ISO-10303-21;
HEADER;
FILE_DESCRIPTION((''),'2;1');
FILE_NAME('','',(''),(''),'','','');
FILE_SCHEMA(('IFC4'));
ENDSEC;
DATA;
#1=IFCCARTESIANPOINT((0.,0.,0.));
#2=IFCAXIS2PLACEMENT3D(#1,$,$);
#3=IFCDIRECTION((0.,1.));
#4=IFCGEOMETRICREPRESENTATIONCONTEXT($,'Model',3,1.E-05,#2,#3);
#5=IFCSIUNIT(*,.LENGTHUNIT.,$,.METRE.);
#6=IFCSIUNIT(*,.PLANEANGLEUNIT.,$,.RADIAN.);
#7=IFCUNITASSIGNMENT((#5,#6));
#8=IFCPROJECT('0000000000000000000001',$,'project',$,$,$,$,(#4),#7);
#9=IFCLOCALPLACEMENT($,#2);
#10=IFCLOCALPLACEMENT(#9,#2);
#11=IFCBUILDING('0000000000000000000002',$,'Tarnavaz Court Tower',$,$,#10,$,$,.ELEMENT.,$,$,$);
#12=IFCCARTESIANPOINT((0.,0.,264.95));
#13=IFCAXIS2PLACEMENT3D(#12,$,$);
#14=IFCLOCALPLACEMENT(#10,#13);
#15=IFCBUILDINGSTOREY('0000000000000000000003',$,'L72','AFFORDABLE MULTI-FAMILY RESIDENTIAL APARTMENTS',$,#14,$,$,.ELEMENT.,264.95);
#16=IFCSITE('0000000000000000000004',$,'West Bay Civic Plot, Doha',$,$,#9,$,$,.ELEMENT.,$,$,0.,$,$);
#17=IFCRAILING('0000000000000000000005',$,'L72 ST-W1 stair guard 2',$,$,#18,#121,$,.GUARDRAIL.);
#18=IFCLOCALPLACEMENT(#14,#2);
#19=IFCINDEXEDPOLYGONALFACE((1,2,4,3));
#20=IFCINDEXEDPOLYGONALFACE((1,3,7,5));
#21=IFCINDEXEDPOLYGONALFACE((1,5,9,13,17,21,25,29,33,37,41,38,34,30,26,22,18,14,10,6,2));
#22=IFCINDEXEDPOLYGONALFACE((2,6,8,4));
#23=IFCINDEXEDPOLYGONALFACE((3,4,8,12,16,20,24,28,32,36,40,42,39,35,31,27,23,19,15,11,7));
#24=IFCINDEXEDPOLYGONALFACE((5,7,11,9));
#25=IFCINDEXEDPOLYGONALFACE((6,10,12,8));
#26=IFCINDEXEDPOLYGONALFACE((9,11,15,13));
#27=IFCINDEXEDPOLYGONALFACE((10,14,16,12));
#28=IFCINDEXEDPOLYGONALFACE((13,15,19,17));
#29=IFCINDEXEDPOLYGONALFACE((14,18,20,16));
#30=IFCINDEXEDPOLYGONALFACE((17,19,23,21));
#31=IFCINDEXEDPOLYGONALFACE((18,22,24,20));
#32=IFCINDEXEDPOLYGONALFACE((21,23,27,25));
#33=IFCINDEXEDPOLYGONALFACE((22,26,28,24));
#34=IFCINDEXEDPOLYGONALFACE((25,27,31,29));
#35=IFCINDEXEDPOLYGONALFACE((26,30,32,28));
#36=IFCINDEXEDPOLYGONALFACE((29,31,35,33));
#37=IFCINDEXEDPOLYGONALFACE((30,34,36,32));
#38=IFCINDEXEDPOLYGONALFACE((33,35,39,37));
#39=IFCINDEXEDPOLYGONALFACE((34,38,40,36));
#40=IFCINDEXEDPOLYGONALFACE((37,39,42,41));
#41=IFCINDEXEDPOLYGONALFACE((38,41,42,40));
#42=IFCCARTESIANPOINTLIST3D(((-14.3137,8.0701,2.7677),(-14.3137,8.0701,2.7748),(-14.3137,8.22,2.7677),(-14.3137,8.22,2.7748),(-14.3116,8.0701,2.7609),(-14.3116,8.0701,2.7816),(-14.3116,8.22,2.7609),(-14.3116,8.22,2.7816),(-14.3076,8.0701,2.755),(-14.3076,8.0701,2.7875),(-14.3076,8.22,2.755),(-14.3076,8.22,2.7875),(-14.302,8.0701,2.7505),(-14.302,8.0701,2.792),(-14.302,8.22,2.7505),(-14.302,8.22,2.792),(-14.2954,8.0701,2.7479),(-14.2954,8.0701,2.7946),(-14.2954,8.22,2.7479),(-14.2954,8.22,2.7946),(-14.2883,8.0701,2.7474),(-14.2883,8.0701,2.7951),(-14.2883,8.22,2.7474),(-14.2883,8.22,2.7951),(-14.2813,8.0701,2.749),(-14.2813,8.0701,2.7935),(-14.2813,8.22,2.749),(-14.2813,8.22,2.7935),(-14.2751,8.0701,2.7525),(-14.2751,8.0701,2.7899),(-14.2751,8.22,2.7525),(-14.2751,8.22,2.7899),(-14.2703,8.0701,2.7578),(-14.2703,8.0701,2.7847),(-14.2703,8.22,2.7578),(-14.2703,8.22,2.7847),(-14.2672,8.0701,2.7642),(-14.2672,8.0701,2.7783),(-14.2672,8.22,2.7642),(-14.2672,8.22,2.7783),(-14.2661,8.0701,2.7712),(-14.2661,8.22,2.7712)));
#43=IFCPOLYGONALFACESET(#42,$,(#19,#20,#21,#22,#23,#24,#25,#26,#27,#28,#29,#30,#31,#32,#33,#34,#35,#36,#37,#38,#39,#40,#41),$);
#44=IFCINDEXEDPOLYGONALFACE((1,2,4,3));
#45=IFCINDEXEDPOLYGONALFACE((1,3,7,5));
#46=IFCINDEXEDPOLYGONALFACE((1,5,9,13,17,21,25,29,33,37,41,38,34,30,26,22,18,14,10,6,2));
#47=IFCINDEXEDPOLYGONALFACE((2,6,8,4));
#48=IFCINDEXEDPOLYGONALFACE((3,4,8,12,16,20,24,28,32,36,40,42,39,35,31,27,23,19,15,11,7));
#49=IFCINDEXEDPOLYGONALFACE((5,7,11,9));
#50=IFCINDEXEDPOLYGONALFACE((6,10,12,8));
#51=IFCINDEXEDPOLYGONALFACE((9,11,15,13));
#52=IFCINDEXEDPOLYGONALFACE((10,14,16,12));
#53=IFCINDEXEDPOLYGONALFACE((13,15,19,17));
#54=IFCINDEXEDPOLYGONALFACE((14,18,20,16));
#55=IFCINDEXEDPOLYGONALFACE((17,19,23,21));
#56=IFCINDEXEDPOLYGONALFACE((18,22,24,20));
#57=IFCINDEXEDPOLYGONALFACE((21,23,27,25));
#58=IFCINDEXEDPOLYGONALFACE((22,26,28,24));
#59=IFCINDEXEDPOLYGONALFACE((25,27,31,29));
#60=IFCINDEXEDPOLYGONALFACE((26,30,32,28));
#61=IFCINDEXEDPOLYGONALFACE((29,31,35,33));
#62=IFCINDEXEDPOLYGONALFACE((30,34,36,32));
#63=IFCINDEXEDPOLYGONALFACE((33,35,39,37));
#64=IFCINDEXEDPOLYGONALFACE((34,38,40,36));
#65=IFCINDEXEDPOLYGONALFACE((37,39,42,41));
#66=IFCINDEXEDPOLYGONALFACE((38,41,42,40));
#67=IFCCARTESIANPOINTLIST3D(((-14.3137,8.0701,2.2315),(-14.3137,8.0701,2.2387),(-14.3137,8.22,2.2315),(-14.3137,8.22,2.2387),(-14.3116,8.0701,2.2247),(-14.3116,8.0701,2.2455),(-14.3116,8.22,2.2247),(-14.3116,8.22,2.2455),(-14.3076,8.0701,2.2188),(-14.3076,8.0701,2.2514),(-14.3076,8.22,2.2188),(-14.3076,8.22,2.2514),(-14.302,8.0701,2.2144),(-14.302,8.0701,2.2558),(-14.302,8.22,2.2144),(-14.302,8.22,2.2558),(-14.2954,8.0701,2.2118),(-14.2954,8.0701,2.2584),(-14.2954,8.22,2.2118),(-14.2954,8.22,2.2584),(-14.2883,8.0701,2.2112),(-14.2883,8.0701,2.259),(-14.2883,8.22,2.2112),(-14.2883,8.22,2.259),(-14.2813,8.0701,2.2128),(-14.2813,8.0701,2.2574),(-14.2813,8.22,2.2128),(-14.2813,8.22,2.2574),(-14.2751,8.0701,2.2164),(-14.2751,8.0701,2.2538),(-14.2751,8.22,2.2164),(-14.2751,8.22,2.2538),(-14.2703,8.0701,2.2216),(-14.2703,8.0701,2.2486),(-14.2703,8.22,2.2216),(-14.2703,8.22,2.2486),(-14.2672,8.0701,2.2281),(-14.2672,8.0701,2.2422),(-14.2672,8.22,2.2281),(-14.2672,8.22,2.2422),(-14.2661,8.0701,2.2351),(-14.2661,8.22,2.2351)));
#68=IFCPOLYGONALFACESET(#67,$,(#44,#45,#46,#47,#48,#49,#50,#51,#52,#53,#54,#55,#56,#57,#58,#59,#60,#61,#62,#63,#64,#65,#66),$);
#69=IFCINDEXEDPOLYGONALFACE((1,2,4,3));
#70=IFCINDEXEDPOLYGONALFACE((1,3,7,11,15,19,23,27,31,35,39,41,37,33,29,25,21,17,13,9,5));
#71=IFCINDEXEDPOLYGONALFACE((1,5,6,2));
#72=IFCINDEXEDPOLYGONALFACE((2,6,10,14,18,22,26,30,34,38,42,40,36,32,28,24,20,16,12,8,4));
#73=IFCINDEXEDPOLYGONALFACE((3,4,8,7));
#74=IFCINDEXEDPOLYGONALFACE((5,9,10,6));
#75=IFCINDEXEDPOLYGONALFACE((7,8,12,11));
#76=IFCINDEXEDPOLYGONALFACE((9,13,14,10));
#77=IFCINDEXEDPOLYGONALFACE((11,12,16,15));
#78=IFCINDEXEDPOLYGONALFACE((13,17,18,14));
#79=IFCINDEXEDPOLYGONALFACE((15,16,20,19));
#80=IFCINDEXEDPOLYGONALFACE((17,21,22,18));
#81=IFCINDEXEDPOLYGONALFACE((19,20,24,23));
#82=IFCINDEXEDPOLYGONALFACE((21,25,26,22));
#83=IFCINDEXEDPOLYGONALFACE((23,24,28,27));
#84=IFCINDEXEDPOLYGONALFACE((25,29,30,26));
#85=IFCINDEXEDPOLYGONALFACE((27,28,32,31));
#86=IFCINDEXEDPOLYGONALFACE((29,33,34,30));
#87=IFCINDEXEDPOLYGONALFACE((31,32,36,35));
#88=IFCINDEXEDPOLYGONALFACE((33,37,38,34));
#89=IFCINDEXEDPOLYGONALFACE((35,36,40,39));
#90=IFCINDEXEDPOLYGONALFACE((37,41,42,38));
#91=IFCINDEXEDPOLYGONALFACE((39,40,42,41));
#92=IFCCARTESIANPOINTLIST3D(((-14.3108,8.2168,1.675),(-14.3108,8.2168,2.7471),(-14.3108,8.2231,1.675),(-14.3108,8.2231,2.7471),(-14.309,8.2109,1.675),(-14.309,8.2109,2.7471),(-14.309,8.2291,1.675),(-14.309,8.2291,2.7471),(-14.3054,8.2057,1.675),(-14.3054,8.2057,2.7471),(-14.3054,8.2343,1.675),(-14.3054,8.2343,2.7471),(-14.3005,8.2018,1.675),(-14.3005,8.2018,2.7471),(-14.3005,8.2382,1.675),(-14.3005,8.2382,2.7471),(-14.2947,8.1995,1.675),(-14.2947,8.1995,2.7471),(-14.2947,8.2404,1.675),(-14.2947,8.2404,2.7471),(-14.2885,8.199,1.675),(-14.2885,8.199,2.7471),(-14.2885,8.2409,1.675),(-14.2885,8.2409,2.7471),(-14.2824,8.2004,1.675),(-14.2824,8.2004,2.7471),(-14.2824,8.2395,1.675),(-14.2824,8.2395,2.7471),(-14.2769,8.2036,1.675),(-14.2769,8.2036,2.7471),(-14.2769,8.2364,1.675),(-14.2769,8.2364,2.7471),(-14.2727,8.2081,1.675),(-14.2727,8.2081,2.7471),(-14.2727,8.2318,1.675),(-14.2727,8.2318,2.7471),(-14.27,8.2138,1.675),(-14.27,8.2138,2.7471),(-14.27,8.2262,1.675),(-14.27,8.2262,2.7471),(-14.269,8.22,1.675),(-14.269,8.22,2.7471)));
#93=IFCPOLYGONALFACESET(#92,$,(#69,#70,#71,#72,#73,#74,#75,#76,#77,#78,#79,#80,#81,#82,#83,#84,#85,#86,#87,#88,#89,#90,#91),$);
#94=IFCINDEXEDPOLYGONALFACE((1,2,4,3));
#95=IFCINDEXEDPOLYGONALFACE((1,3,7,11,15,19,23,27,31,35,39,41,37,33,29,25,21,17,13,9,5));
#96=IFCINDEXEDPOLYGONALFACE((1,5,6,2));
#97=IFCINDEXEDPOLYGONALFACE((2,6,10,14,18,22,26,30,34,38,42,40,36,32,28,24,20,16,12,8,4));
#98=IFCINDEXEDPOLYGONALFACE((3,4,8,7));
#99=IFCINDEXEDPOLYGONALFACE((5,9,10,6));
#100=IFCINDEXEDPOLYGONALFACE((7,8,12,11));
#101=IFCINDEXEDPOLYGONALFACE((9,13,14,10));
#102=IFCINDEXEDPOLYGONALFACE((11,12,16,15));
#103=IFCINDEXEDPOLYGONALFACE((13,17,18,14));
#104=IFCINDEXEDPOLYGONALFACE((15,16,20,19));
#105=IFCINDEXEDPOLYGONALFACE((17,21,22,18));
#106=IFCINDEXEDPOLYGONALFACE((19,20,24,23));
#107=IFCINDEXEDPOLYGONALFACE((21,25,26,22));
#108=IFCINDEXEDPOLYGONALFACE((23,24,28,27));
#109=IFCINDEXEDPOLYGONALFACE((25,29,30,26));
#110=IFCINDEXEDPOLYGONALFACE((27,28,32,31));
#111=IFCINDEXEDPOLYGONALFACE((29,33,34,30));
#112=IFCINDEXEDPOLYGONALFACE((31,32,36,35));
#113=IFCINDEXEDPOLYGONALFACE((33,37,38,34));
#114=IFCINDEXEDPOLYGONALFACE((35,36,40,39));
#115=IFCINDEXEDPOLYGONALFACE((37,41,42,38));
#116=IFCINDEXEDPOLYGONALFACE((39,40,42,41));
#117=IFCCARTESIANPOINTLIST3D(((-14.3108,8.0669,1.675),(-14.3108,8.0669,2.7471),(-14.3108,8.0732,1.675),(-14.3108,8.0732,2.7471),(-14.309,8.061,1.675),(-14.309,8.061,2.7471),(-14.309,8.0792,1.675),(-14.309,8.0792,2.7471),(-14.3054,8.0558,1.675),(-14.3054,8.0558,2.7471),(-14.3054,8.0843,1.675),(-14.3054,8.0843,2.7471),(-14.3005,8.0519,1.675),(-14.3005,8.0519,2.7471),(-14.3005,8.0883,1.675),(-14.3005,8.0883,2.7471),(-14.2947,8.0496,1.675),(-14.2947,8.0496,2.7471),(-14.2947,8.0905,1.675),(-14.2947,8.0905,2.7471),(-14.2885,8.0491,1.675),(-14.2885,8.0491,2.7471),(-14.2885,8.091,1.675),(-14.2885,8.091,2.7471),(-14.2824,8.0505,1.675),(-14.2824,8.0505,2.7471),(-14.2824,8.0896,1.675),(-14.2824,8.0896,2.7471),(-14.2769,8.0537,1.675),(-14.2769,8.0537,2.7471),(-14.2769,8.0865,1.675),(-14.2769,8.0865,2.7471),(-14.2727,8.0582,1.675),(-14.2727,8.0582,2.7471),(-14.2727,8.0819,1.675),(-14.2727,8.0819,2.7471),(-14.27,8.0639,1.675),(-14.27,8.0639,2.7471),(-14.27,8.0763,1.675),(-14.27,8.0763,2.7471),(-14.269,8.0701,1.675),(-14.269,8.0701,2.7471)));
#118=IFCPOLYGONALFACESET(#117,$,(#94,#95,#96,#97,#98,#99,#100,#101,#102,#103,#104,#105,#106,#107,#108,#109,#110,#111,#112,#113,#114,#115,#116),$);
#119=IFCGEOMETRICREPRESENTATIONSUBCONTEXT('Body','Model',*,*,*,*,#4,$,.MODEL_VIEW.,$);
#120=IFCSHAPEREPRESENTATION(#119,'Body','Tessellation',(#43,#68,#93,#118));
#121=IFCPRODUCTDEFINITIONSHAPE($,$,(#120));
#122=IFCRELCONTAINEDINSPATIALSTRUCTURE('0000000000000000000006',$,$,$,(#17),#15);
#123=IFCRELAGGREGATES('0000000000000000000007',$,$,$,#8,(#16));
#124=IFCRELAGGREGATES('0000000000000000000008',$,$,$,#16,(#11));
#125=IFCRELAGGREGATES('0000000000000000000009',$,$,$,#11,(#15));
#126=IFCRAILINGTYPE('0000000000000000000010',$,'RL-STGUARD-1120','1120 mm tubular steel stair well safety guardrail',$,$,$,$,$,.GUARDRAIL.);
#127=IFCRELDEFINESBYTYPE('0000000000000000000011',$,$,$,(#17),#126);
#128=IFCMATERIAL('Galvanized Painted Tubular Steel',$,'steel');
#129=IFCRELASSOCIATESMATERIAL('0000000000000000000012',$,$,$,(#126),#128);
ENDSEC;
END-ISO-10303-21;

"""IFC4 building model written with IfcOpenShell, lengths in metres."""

from ifc_helpers import new_model, si_unit, direction, frame, origin, origin_2d, place, context, subcontext, project, spatial, circle, extrude, material, type_object, element, save


model = new_model("IFC4")

# Units and contexts
model_context = context("Model", 3, precision=1e-05, world=origin(), true_north=direction((0.0, 1.0)))
body_context = subcontext(model_context, "Body", "Model", "MODEL_VIEW")
ifc_project = project(units=[si_unit("LENGTHUNIT", "METRE"), si_unit("PLANEANGLEUNIT", "RADIAN")], contexts=[model_context])

# Site, building, storey
site_placement = place(None, origin())
site = spatial("IfcSite", under=ifc_project, at=site_placement, Name="West Bay Civic Plot, Doha", CompositionType="ELEMENT", RefElevation=0.0)
building_placement = place(site_placement, origin())
building = spatial("IfcBuilding", under=site, at=building_placement, Name="Tarnavaz Court Tower", CompositionType="ELEMENT")
storey_placement = place(building_placement, frame((0.0, 0.0, 264.95)))
storey = spatial("IfcBuildingStorey", under=building, at=storey_placement, Name="L72", Description="AFFORDABLE MULTI-FAMILY RESIDENTIAL APARTMENTS", CompositionType="ELEMENT", Elevation=264.95)

# Railing
ifc_material_1 = material(Name="Galvanized Painted Tubular Steel", Category="steel")
railing_type_1 = type_object("IfcRailingType", Name="RL-STGUARD-1120", Description="1120 mm tubular steel stair well safety guardrail", PredefinedType="GUARDRAIL", material=ifc_material_1)
railing_1_placement = place(storey_placement, frame((-14.29, 8.22, 1.675)))
element("IfcRailing", 1, at=railing_1_placement, inside=storey, type_object=railing_type_1, Name="L72 ST-W1 stair guard 2", PredefinedType="GUARDRAIL", context=body_context, shape_type="SweptSolid", body=[
    extrude(circle(Radius=0.0239, at=origin_2d()), frame((0.0, 0.0, 1.0962), z_axis=(0.0, -1.0, 0.0), x_axis=(1.0, 0.0, 0.0)), (0.0, 0.0, 1.0), 0.1499),
    extrude(circle(Radius=0.0239, at=origin_2d()), frame((0.0, 0.0, 0.5601), z_axis=(0.0, -1.0, 0.0), x_axis=(1.0, 0.0, 0.0)), (0.0, 0.0, 1.0), 0.1499),
    extrude(circle(Radius=0.021, at=origin_2d()), origin(), (0.0, 0.0, 1.0), 1.072),
    extrude(circle(Radius=0.021, at=origin_2d()), frame((0.0, -0.1499, 0.0)), (0.0, 0.0, 1.0), 1.072),
])

save(model, "model.ifc")
